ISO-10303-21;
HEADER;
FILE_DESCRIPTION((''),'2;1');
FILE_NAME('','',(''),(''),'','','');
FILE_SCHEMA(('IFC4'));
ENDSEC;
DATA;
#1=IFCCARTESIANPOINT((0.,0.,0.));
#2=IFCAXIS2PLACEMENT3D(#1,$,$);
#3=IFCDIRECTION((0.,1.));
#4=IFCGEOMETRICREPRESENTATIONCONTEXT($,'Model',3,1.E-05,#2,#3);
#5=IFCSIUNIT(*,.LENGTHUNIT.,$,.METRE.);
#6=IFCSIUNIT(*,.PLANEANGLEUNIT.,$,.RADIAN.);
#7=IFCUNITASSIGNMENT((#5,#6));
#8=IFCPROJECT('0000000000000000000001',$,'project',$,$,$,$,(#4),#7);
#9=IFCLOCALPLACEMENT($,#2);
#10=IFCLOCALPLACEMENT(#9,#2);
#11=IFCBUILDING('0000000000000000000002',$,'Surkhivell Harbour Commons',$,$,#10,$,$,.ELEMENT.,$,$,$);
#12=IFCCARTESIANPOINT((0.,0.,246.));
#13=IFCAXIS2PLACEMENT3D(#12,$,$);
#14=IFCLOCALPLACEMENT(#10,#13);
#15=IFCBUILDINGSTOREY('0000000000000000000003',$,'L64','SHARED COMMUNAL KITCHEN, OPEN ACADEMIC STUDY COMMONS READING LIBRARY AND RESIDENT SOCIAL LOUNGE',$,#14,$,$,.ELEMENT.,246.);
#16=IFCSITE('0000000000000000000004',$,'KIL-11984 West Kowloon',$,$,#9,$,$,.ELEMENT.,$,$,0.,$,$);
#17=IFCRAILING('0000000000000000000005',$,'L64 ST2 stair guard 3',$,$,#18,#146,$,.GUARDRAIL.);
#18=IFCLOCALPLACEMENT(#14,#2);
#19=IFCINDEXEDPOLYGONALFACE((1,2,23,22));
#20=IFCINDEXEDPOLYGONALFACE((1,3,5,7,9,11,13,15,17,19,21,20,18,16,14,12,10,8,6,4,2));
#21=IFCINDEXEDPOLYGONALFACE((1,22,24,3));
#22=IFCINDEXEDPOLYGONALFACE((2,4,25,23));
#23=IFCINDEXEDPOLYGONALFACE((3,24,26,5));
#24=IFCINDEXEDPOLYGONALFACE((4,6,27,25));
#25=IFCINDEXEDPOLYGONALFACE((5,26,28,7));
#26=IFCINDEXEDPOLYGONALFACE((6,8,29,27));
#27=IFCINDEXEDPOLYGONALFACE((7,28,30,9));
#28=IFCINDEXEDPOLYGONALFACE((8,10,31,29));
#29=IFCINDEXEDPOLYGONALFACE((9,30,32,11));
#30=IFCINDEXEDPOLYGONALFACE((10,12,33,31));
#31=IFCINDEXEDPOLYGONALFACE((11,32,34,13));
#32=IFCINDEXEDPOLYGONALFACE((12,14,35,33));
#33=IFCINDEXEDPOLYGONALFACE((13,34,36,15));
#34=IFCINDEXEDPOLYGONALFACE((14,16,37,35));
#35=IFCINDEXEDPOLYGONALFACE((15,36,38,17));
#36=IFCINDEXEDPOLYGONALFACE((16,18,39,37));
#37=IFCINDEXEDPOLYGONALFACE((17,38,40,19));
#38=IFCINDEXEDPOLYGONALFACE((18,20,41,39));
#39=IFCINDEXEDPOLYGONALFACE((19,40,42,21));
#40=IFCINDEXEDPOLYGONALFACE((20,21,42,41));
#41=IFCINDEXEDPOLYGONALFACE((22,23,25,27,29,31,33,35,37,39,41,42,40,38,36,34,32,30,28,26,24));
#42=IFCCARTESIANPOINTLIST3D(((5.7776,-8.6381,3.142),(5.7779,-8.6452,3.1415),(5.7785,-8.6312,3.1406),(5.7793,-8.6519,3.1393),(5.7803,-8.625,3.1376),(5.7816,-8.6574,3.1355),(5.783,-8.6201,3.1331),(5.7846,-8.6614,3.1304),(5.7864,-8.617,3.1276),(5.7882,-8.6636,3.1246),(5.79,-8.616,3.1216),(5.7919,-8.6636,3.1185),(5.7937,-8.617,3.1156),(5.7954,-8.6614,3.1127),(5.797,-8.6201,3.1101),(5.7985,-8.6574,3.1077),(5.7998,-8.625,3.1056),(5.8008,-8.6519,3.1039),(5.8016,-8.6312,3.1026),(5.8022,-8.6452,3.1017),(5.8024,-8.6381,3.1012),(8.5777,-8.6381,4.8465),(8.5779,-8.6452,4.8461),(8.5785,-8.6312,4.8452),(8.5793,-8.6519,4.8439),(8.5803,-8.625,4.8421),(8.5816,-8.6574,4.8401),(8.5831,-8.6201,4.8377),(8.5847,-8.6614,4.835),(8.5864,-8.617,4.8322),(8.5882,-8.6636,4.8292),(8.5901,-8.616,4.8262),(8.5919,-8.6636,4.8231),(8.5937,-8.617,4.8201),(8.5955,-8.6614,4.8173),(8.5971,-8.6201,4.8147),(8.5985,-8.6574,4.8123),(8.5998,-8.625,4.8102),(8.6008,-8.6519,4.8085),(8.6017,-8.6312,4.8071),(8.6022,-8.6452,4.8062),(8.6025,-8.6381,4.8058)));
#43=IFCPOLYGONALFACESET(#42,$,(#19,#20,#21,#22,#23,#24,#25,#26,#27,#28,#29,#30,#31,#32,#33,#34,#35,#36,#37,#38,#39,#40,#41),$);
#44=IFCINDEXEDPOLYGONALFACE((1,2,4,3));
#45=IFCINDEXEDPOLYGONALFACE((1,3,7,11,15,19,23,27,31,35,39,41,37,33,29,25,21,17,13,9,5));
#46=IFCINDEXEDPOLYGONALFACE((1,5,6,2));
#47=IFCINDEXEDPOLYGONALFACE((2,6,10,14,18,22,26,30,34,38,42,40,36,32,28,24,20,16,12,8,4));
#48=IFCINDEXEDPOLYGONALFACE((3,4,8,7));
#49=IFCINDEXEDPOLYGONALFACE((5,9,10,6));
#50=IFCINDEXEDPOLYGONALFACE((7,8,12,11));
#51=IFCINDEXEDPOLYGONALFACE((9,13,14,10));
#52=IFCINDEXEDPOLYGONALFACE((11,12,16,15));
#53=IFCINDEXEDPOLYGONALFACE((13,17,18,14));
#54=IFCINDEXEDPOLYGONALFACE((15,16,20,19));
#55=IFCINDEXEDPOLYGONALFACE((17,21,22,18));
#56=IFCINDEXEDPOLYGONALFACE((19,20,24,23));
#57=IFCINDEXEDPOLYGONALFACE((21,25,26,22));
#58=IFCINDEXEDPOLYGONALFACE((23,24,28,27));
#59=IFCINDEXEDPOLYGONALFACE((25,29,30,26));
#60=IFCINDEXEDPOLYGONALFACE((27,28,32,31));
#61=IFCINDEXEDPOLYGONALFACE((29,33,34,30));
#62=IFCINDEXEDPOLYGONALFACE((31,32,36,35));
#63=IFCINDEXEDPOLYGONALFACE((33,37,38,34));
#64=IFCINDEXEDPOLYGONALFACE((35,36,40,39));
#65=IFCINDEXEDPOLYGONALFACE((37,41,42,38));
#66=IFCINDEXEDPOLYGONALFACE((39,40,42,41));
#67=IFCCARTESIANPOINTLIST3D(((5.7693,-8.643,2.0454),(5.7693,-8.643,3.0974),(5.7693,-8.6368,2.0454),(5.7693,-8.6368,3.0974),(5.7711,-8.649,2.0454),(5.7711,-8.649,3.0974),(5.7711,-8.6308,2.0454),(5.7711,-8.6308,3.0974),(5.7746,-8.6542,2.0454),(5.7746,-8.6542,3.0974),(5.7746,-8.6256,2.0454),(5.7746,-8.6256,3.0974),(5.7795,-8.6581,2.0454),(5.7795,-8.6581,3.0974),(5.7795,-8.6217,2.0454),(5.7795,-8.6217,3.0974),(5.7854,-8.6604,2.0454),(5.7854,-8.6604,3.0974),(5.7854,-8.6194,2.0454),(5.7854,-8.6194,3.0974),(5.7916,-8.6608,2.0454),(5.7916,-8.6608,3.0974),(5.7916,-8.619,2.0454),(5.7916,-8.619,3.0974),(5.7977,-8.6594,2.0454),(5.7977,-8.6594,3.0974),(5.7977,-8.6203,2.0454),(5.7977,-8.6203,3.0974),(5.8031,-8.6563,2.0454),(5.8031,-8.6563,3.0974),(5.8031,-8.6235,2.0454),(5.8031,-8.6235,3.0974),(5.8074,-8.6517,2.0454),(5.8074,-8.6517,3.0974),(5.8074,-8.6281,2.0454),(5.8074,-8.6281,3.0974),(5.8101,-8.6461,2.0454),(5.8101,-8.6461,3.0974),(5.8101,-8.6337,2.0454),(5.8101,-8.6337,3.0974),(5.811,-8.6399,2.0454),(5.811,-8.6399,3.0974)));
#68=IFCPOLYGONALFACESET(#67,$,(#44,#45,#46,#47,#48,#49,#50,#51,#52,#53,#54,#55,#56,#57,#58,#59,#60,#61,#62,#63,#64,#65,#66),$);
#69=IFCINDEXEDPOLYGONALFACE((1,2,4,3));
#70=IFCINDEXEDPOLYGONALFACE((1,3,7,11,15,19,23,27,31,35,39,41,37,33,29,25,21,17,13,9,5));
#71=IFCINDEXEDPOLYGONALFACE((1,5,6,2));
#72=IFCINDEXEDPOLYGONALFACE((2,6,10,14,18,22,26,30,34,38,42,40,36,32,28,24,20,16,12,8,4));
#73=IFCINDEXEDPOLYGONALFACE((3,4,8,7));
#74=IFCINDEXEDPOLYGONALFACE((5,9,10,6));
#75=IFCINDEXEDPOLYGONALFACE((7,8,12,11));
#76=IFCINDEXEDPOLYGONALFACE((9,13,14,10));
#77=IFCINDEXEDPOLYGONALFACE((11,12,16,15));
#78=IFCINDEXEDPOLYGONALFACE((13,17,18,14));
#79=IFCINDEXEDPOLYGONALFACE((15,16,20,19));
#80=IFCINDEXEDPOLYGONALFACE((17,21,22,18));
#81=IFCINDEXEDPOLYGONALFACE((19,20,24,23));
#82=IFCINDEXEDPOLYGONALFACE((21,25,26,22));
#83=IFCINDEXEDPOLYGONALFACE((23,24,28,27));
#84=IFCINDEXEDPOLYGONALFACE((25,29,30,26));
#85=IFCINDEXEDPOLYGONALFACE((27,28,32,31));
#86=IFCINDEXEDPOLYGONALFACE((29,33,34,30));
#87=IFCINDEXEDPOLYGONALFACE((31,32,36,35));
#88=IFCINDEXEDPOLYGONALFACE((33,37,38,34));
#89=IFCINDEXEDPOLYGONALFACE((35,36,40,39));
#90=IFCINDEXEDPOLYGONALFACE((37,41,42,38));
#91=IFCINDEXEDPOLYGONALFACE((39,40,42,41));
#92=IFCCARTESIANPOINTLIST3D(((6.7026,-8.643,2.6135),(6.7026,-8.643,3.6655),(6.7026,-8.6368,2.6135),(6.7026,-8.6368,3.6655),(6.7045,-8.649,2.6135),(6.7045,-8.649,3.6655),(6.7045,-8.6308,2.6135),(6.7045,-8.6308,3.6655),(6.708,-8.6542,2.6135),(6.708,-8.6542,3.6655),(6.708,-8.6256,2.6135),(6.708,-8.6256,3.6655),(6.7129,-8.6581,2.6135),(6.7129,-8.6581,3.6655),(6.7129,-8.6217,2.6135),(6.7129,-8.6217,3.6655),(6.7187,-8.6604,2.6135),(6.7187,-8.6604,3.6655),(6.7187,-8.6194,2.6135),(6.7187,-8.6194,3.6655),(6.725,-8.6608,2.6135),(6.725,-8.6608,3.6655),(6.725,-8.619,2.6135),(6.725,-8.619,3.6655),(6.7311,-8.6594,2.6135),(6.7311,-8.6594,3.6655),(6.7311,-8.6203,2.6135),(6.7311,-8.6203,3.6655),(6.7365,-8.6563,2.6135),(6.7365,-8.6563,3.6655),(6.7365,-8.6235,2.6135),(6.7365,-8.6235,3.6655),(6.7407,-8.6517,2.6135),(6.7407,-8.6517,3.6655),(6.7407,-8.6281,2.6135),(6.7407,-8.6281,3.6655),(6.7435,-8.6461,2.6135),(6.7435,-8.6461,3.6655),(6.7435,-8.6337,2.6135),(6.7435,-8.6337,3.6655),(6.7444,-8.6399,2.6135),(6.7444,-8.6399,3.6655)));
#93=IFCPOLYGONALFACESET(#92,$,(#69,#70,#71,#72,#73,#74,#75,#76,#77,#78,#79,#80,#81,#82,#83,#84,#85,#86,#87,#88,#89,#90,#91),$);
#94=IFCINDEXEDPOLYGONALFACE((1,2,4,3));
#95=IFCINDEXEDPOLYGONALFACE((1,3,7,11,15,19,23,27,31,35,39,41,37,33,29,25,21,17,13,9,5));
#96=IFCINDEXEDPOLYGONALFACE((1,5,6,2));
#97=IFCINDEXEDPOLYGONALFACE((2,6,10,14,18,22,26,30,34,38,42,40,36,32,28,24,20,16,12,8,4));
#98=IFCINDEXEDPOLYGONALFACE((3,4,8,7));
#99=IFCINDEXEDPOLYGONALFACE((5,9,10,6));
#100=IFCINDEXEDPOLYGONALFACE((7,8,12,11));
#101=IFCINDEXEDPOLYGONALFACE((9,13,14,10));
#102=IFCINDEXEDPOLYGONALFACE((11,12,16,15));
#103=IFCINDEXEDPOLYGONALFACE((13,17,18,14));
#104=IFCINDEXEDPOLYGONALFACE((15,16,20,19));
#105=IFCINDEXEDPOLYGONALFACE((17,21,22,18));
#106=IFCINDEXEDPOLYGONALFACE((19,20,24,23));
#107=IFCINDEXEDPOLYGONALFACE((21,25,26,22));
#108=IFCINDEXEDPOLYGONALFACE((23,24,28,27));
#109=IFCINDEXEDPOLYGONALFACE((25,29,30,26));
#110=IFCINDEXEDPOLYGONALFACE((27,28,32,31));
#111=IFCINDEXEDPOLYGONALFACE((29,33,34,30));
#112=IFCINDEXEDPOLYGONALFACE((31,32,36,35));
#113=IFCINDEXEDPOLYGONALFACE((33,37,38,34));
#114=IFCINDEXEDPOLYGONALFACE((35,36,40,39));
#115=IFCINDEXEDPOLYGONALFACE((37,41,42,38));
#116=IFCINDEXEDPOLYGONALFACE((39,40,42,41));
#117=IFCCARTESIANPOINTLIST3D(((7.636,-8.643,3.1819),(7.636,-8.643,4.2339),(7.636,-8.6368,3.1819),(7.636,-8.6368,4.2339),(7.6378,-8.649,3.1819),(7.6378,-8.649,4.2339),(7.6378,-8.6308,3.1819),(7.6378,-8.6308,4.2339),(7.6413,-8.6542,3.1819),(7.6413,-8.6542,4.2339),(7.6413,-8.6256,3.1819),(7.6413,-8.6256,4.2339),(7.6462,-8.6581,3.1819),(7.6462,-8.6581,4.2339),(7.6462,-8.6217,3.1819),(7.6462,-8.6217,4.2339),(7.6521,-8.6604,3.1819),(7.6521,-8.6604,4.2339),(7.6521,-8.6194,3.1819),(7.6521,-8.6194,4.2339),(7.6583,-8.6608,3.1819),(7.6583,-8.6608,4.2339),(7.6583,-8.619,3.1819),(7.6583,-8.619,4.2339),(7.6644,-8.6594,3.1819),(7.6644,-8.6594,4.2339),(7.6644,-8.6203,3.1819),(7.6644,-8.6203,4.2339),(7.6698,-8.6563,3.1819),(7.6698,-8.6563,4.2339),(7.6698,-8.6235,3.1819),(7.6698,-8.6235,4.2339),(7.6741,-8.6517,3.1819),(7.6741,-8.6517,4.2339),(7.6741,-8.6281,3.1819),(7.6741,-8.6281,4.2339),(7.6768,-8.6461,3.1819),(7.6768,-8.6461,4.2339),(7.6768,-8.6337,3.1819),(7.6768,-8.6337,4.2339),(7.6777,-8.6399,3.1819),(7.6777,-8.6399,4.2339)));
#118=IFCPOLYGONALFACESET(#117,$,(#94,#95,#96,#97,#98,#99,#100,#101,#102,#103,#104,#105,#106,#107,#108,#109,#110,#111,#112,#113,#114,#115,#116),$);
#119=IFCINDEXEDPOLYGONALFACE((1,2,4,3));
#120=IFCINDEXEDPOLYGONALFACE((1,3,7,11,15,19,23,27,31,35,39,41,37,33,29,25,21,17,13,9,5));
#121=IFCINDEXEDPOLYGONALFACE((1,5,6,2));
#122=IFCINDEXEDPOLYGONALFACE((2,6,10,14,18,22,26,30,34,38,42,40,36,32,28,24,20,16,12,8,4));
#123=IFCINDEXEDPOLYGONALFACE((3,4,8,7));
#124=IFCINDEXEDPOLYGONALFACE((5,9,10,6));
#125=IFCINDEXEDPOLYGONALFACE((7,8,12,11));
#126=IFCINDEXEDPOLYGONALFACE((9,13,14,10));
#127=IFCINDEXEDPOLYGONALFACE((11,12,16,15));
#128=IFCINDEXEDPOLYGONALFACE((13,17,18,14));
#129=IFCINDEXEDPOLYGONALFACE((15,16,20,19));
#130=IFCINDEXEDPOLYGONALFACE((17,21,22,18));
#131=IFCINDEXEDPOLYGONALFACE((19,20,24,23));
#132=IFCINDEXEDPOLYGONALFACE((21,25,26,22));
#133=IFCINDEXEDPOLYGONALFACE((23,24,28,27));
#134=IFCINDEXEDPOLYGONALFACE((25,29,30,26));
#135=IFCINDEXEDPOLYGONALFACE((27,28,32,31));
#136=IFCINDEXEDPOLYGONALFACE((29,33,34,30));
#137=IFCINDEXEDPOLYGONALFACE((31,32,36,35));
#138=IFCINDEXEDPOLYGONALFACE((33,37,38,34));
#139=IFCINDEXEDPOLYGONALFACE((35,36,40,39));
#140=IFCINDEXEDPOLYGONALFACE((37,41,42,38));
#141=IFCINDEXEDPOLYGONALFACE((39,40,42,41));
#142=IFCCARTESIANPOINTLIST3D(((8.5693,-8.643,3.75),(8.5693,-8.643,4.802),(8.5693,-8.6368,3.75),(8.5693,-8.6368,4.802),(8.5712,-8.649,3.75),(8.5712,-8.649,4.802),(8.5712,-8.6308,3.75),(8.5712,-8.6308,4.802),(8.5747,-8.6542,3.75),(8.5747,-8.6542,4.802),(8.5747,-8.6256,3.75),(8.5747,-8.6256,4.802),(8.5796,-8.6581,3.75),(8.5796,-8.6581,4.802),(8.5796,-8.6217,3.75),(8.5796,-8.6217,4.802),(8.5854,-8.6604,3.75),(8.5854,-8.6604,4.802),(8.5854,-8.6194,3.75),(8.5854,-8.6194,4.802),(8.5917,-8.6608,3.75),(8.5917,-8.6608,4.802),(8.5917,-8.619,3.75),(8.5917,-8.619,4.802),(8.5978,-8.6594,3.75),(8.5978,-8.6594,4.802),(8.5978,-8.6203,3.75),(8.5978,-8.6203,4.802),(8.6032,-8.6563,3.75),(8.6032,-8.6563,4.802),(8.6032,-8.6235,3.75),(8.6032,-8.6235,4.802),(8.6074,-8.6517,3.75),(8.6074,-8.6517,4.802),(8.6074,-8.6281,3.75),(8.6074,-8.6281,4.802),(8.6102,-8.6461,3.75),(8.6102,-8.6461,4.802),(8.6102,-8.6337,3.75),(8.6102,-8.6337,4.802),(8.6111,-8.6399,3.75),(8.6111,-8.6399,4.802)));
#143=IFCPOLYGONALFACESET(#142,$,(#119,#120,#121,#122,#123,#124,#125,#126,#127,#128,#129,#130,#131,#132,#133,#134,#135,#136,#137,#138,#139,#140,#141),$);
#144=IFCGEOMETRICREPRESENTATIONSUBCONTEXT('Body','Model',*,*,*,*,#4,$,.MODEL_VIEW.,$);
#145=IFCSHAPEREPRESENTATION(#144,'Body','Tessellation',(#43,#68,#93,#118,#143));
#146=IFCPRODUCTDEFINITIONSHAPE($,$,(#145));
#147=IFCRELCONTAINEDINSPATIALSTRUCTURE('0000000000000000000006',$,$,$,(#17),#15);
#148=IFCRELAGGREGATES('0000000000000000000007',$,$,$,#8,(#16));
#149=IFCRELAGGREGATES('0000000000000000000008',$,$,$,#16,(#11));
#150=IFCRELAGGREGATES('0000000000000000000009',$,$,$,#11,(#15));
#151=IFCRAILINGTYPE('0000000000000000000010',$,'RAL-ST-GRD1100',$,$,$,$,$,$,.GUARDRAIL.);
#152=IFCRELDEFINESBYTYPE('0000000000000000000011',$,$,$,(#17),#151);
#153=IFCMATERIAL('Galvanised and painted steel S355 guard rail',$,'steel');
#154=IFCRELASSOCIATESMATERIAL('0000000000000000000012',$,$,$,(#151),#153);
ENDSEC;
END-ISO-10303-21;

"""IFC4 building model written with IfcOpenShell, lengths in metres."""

from ifc_helpers import new_model, si_unit, direction, frame, origin, origin_2d, place, context, subcontext, project, spatial, circle, extrude, material, type_object, element, save


model = new_model("IFC4")

# Units and contexts
model_context = context("Model", 3, precision=1e-05, world=origin(), true_north=direction((0.0, 1.0)))
body_context = subcontext(model_context, "Body", "Model", "MODEL_VIEW")
ifc_project = project(units=[si_unit("LENGTHUNIT", "METRE"), si_unit("PLANEANGLEUNIT", "RADIAN")], contexts=[model_context])

# Site, building, storey
site_placement = place(None, origin())
site = spatial("IfcSite", under=ifc_project, at=site_placement, Name="KIL-11984 West Kowloon", CompositionType="ELEMENT", RefElevation=0.0)
building_placement = place(site_placement, origin())
building = spatial("IfcBuilding", under=site, at=building_placement, Name="Surkhivell Harbour Commons", CompositionType="ELEMENT")
storey_placement = place(building_placement, frame((0.0, 0.0, 246.0)))
storey = spatial("IfcBuildingStorey", under=building, at=storey_placement, Name="L64", Description="SHARED COMMUNAL KITCHEN, OPEN ACADEMIC STUDY COMMONS READING LIBRARY AND RESIDENT SOCIAL LOUNGE", CompositionType="ELEMENT", Elevation=246.0)

# Railing
ifc_material_1 = material(Name="Galvanised and painted steel S355 guard rail", Category="steel")
railing_type = type_object("IfcRailingType", Name="RAL-ST-GRD1100", PredefinedType="GUARDRAIL", material=ifc_material_1)
railing_1_placement = place(storey_placement, frame((5.79, -8.6399, 2.0454)))
element("IfcRailing", 1, at=railing_1_placement, inside=storey, type_object=railing_type, Name="L64 ST2 stair guard 3", PredefinedType="GUARDRAIL", context=body_context, shape_type="SweptSolid", body=[
    extrude(circle(Radius=0.0239, at=origin_2d()), frame((0.0, 0.0, 1.0762), z_axis=(0.85417, 0.0, 0.519994), x_axis=(0.0, 1.0, 0.0)), (0.0, 0.0, 1.0), 3.2781),
    extrude(circle(Radius=0.021, at=origin_2d()), origin(), (0.0, 0.0, 1.0), 1.052),
    extrude(circle(Radius=0.021, at=origin_2d()), frame((0.9333, 0.0, 0.5681)), (0.0, 0.0, 1.0), 1.052),
    extrude(circle(Radius=0.021, at=origin_2d()), frame((1.8667, 0.0, 1.1365)), (0.0, 0.0, 1.0), 1.052),
    extrude(circle(Radius=0.021, at=origin_2d()), frame((2.8, 0.0, 1.7046)), (0.0, 0.0, 1.0), 1.052),
])

save(model, "model.ifc")
